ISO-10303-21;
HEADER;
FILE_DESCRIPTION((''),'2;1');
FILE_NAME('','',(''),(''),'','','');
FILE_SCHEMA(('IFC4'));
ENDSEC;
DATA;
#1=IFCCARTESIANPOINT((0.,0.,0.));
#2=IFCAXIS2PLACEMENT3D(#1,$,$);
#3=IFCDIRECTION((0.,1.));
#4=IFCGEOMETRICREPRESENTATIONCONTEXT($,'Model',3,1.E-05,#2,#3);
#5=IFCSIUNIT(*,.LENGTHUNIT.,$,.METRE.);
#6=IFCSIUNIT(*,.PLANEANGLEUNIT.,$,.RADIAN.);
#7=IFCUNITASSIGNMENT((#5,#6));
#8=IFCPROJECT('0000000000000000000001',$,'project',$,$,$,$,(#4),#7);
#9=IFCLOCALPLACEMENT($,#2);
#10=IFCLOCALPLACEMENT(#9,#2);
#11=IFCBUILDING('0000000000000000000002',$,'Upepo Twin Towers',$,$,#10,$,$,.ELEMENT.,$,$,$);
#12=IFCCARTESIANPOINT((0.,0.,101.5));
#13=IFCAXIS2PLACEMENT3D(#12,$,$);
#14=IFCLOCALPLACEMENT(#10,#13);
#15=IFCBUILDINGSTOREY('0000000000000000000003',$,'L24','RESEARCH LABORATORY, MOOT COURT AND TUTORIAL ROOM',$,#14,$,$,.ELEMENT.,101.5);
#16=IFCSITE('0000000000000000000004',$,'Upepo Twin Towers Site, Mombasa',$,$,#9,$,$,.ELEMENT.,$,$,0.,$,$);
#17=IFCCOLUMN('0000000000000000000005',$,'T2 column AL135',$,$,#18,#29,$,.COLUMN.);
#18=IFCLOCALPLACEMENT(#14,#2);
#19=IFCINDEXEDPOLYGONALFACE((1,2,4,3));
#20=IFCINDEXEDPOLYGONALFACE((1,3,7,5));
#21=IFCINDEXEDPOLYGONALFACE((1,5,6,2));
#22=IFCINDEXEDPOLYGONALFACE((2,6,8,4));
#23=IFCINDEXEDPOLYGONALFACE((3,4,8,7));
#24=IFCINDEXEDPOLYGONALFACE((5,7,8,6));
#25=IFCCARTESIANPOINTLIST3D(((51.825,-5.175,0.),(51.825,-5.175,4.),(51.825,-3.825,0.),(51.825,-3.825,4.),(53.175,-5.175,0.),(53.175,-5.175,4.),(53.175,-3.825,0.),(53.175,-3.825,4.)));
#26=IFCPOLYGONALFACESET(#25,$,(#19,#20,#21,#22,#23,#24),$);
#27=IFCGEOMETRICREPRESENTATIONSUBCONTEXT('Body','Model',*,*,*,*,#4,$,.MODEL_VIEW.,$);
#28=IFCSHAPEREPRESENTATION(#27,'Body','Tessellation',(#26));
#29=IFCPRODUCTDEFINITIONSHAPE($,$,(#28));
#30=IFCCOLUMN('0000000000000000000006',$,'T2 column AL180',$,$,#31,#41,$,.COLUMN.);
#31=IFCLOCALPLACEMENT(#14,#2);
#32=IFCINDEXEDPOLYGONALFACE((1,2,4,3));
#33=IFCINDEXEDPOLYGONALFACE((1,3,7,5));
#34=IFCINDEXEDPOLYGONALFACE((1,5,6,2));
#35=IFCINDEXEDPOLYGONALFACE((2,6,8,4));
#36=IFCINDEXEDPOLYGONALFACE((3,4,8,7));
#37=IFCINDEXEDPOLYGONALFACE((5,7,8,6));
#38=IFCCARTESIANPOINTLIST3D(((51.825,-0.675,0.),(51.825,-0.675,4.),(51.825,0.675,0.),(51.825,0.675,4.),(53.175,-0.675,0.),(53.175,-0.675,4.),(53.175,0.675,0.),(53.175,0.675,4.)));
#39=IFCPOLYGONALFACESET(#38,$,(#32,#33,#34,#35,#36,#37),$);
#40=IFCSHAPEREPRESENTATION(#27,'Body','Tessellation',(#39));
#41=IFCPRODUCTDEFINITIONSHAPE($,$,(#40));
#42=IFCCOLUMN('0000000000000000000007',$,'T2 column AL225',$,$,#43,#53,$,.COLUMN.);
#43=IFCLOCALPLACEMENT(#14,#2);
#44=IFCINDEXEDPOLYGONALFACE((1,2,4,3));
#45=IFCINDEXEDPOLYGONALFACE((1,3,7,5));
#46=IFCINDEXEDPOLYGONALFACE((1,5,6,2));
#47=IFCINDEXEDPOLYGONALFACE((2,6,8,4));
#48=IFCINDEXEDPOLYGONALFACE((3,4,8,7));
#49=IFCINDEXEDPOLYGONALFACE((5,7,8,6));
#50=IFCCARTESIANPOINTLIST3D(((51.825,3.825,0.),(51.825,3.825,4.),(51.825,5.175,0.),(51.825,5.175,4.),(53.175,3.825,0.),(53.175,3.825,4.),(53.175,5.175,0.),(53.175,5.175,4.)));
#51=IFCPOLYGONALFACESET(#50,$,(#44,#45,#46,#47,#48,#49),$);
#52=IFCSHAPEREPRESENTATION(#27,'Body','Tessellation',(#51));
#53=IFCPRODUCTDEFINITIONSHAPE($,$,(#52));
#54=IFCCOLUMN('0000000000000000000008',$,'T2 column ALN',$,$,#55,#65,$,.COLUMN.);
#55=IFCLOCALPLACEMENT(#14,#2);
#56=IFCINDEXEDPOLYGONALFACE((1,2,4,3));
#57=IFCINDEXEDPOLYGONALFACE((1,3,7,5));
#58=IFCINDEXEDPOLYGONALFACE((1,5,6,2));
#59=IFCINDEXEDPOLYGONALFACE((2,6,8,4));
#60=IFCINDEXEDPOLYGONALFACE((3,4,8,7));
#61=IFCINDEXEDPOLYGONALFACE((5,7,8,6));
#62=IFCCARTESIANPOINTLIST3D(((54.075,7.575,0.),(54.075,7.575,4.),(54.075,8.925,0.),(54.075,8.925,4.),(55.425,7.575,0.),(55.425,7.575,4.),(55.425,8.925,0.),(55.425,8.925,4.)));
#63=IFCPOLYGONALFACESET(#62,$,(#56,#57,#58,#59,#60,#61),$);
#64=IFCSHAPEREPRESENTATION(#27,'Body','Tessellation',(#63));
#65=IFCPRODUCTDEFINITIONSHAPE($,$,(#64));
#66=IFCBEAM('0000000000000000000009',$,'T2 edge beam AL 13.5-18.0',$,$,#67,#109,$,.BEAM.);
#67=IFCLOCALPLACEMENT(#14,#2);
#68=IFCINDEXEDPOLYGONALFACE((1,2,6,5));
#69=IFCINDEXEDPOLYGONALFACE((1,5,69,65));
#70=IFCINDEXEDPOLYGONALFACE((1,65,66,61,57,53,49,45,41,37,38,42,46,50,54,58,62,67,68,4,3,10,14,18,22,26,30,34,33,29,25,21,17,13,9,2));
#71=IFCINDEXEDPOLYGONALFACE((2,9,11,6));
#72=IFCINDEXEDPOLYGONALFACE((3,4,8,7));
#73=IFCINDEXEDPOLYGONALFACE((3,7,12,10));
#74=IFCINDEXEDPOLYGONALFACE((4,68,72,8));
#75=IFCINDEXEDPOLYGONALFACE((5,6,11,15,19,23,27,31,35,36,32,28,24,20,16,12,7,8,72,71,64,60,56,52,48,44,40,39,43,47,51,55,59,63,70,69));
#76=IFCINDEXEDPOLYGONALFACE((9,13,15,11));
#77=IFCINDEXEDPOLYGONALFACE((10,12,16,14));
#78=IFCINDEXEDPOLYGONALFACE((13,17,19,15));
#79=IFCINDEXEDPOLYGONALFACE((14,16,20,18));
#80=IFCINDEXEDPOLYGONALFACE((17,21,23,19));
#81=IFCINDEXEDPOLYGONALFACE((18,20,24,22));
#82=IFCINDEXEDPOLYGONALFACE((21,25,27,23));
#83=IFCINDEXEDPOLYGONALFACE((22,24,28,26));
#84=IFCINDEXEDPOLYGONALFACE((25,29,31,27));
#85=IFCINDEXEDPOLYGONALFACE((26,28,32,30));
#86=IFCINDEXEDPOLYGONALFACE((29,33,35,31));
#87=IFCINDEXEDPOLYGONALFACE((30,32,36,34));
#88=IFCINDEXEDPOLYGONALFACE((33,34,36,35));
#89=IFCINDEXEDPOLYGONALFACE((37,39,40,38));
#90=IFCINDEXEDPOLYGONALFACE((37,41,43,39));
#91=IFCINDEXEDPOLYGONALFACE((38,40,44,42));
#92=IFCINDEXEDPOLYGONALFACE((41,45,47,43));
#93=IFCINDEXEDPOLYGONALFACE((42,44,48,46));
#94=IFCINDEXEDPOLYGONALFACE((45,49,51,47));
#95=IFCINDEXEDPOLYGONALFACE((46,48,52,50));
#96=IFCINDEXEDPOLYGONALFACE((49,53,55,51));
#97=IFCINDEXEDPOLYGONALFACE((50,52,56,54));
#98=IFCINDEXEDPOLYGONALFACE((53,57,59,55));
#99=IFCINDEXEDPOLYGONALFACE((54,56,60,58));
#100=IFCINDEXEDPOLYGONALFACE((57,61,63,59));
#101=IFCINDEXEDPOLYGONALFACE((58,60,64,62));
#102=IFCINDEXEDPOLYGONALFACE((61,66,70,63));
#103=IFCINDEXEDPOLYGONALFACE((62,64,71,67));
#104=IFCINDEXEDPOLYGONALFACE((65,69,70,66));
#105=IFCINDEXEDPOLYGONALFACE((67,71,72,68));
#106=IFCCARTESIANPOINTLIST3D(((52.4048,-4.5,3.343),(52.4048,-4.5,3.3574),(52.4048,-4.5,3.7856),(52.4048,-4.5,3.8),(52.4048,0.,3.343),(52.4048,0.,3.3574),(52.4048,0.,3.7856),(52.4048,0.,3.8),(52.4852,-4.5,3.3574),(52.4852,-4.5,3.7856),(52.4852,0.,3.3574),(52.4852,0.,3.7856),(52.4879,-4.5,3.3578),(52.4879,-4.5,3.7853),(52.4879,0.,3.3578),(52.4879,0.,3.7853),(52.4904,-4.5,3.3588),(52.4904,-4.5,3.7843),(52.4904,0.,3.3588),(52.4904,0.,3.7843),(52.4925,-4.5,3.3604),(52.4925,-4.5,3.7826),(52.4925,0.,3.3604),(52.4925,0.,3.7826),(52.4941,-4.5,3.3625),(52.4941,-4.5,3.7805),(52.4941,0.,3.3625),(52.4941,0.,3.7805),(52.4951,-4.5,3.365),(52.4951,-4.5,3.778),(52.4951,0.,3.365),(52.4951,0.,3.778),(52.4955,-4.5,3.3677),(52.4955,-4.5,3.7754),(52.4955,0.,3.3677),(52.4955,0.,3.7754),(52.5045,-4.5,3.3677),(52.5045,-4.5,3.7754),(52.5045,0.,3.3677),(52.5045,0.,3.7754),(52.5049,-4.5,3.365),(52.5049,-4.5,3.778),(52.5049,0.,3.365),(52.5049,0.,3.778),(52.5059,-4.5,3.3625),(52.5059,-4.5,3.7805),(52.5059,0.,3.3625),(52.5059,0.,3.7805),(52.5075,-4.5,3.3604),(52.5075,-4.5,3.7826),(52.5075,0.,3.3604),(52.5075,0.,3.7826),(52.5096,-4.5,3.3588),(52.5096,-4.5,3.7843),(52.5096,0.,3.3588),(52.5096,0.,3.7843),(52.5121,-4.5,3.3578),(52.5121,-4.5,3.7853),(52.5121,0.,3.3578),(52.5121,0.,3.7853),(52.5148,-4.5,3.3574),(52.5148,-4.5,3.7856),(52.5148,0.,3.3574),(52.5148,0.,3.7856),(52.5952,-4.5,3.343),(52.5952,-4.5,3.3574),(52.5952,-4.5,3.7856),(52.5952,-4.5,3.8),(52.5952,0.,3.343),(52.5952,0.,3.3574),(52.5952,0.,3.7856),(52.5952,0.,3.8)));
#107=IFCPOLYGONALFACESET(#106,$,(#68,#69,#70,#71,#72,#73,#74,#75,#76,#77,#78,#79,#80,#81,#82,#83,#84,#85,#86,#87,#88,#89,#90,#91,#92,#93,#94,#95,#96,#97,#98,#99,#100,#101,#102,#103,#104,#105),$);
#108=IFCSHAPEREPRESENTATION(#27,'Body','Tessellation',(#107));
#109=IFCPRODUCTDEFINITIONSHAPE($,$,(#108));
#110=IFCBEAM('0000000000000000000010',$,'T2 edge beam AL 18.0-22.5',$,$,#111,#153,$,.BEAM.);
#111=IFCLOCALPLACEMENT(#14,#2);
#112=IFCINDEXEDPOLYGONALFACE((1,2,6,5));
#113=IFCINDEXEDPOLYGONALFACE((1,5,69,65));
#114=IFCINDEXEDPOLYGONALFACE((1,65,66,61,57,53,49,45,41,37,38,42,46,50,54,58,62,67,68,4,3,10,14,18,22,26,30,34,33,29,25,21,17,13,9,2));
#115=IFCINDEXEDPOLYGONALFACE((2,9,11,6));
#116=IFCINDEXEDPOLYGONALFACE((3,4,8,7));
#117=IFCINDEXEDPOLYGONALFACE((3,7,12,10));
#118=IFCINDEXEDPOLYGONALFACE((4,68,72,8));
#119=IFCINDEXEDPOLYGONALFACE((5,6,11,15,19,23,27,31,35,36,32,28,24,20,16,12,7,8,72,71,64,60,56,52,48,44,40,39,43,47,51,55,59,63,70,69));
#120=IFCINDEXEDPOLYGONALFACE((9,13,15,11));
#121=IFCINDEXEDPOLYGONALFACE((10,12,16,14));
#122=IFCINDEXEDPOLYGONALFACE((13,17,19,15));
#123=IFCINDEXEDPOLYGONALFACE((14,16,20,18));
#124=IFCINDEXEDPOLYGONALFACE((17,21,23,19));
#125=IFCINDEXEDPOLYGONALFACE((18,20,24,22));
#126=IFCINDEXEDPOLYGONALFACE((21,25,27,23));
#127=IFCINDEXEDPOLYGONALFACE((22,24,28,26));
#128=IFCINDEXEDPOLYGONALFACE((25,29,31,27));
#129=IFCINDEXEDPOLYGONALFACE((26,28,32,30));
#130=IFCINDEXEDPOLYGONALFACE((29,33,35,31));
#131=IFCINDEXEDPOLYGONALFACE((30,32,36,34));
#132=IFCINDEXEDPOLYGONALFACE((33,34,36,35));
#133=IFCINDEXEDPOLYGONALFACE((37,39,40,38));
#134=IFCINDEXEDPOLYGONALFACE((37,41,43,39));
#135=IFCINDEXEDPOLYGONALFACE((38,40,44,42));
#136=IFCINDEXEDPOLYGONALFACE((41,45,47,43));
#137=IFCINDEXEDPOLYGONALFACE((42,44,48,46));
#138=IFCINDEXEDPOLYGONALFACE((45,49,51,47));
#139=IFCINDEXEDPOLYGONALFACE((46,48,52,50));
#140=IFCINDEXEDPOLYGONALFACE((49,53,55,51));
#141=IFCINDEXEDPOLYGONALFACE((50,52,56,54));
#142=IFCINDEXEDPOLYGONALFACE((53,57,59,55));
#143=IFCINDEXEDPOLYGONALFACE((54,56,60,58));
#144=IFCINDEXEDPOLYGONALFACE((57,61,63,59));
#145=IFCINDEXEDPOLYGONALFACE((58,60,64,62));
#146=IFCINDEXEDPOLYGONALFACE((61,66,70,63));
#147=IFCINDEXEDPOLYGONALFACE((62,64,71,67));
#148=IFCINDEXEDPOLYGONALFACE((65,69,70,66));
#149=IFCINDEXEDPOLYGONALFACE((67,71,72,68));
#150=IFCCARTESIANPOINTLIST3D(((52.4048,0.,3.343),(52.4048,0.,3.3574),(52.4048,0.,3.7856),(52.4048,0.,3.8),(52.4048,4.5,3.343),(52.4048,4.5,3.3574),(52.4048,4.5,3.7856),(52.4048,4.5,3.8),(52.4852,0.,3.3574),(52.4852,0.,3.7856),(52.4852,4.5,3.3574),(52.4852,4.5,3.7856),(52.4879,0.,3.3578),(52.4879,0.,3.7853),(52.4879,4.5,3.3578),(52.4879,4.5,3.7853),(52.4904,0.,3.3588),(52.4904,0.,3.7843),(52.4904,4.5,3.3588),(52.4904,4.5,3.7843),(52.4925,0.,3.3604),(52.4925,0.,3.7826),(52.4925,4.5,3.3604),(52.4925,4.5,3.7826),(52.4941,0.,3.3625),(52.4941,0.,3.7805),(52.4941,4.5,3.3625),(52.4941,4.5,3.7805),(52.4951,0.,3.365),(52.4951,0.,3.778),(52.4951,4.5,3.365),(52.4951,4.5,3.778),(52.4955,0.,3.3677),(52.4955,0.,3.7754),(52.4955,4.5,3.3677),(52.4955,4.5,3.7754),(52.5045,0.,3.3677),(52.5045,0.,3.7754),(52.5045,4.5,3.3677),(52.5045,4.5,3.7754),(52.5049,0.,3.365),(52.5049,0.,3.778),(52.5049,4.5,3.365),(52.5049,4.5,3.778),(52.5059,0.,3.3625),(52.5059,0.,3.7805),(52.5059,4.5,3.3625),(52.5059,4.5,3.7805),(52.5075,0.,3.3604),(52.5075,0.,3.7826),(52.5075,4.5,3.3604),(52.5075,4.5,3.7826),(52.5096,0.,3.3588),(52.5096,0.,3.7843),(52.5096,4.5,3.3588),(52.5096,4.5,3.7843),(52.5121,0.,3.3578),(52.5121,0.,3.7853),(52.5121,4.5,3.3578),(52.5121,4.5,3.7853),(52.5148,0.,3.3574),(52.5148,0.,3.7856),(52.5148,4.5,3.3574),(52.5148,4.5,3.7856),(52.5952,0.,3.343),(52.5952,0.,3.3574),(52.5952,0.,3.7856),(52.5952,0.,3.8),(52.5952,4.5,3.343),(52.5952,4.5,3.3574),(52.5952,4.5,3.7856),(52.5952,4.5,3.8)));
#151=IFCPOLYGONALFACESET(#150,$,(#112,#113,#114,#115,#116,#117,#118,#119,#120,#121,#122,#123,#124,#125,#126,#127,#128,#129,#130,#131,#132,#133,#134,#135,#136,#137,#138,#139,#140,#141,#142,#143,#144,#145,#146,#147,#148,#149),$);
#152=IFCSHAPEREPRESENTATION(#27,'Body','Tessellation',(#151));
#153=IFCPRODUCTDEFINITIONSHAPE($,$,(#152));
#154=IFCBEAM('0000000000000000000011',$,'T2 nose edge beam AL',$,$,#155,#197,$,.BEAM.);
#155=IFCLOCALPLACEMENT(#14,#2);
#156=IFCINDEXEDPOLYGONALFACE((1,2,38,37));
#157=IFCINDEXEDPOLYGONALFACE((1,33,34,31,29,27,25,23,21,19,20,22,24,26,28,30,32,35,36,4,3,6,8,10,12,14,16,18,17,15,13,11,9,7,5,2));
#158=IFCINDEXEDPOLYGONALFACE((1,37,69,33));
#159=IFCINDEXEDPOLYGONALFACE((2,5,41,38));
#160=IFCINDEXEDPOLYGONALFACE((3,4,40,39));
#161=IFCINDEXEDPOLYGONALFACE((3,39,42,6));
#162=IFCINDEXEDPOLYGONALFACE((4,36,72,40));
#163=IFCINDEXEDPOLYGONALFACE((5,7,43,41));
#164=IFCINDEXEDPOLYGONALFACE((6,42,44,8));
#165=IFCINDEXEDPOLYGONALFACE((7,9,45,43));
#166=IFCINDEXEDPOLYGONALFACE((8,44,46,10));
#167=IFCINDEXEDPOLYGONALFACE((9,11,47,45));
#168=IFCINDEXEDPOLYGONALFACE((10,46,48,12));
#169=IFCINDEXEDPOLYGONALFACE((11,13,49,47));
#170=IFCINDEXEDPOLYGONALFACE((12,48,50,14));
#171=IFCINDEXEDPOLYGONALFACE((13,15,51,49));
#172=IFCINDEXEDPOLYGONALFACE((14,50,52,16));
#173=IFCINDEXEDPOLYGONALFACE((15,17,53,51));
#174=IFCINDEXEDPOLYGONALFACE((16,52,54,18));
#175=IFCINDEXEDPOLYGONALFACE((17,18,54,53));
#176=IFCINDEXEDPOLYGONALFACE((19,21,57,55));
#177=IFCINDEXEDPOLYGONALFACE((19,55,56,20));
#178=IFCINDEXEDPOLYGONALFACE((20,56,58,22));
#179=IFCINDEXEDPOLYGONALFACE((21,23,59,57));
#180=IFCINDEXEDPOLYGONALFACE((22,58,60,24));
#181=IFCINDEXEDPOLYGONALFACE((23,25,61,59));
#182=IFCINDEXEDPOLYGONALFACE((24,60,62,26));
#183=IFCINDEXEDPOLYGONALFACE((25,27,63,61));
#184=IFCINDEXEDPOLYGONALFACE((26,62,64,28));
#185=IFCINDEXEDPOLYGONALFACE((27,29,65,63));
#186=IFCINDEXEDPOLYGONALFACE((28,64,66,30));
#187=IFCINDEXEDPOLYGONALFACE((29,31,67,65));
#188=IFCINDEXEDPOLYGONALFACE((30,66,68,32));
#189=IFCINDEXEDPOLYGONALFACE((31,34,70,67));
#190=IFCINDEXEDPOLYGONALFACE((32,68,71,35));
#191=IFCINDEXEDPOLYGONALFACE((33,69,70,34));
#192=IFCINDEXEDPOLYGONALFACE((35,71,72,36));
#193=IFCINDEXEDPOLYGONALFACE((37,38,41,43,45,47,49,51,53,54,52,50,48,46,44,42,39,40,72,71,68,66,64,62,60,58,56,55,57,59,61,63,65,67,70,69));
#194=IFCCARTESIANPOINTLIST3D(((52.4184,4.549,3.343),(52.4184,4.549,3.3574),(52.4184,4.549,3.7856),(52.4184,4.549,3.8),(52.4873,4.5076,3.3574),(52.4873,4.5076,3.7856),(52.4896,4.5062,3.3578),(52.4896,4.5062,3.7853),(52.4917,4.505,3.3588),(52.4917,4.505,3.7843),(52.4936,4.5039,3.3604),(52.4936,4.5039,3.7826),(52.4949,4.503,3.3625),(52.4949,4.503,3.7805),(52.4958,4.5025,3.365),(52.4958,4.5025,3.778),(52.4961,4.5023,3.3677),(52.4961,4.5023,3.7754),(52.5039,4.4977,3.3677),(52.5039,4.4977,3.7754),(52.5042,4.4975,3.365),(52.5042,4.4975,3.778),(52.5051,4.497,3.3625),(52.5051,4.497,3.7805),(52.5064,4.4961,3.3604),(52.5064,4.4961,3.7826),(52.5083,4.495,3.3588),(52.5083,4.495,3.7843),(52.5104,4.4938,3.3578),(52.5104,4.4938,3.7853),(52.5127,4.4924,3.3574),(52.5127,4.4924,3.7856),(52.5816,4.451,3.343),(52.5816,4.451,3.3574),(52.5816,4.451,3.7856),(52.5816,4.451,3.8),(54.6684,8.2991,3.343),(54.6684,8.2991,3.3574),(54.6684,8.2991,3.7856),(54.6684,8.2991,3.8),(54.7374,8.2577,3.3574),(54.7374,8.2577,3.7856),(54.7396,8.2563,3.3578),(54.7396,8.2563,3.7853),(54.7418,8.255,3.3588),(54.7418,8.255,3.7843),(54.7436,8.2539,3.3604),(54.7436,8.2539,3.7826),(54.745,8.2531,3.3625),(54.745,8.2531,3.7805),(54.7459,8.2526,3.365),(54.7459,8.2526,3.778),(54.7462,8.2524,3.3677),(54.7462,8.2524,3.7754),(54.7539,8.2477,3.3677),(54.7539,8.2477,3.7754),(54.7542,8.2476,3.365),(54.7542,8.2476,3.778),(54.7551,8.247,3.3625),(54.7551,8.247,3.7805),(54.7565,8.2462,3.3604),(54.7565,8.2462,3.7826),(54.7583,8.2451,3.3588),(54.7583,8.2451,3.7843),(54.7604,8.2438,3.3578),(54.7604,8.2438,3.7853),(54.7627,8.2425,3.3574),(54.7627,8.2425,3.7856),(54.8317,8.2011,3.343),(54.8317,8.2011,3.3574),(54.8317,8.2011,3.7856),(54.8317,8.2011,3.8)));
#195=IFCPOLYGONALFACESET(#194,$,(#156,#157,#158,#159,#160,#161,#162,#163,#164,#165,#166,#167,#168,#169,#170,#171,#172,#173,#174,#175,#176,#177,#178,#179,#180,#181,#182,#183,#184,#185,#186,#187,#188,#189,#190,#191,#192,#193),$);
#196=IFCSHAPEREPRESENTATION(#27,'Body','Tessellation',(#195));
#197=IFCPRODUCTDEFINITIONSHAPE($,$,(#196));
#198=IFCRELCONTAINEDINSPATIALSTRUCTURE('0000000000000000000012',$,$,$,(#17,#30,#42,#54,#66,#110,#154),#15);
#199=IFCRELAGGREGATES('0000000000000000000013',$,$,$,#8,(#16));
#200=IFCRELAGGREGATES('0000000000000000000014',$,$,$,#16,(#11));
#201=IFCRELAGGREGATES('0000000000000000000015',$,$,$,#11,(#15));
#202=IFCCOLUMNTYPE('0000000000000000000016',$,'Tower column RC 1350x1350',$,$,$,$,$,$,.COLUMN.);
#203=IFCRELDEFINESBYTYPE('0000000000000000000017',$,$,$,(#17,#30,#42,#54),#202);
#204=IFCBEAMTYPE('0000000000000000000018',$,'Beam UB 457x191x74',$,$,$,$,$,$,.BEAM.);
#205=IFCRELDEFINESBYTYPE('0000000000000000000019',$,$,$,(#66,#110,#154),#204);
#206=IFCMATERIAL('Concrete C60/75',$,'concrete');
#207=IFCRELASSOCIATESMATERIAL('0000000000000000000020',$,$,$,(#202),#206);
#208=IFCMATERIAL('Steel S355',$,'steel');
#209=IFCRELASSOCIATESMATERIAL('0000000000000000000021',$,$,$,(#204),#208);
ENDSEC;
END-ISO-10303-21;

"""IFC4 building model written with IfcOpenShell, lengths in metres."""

from ifc_helpers import new_model, si_unit, direction, frame, origin, origin_2d, place, context, subcontext, project, spatial, rectangle, i_section, extrude, material, material_profile, profile_set, type_object, element, save


model = new_model("IFC4")

# Units and contexts
model_context = context("Model", 3, precision=1e-05, world=origin(), true_north=direction((0.0, 1.0)))
body_context = subcontext(model_context, "Body", "Model", "MODEL_VIEW")
ifc_project = project(units=[si_unit("LENGTHUNIT", "METRE"), si_unit("PLANEANGLEUNIT", "RADIAN")], contexts=[model_context])

# Site, building, storey
site_placement = place(None, origin())
site = spatial("IfcSite", under=ifc_project, at=site_placement, Name="Upepo Twin Towers Site, Mombasa", CompositionType="ELEMENT", RefElevation=0.0)
building_placement = place(site_placement, origin())
building = spatial("IfcBuilding", under=site, at=building_placement, Name="Upepo Twin Towers", CompositionType="ELEMENT")
storey_placement = place(building_placement, frame((0.0, 0.0, 101.5)))
storey = spatial("IfcBuildingStorey", under=building, at=storey_placement, Name="L24", Description="RESEARCH LABORATORY, MOOT COURT AND TUTORIAL ROOM", CompositionType="ELEMENT", Elevation=101.5)

# Columns
ifc_material_1 = material(Name="Concrete C60/75", Category="concrete")
ifc_material_profile_1 = material_profile(ifc_material_1, rectangle(XDim=1.3501, YDim=1.3501, at=origin_2d()), Name="RC 1350x1350")
ifc_profile_set_1 = profile_set([ifc_material_profile_1], Name="Concrete C60/75")
column_type = type_object("IfcColumnType", Name="Tower column RC 1350x1350", PredefinedType="COLUMN", material=ifc_profile_set_1)
for number, where, z_axis, x_axis, name in (
    (1, (52.5, -4.5, 0.0), (0.0, 0.0, 1.0), (1.0, 0.0, 0.0), "T2 column AL135"),
    (2, (52.5, 0.0, 0.0), (0.0, 0.0, 1.0), (1.0, 0.0, 0.0), "T2 column AL180"),
    (3, (52.5, 4.5, 0.0), (0.0, 0.0, 1.0), (1.0, 0.0, 0.0), "T2 column AL225"),
    (4, (54.75, 8.25, 0.0), (0.0, 0.0, 1.0), (1.0, 0.0, 0.0), "T2 column ALN"),
):
    element("IfcColumn", number, at=place(storey_placement, frame(where, z_axis=z_axis, x_axis=x_axis)), inside=storey, type_object=column_type, Name=name, PredefinedType="COLUMN", context=body_context, shape_type="SweptSolid", body=[
        extrude(rectangle(XDim=1.3501, YDim=1.3501, at=origin_2d()), origin(), (0.0, 0.0, 1.0), 4.0),
    ])

# Beams
ifc_material_2 = material(Name="Steel S355", Category="steel")
ifc_material_profile_2 = material_profile(ifc_material_2, i_section(OverallWidth=0.1904, OverallDepth=0.457, WebThickness=0.009, FlangeThickness=0.0144, FilletRadius=0.0103, at=origin_2d()), Name="UB 457x191x74")
ifc_profile_set_2 = profile_set([ifc_material_profile_2], Name="Steel S355")
beam_type_1 = type_object("IfcBeamType", Name="Beam UB 457x191x74", PredefinedType="BEAM", material=ifc_profile_set_2)
for number, where, z_axis, x_axis, name in (
    (5, (52.5, -4.5, 3.5715), (0.0, 1.0, 0.0), (-1.0, 0.0, 0.0), "T2 edge beam AL 13.5-18.0"),
    (6, (52.5, 0.0, 3.5715), (0.0, 1.0, 0.0), (-1.0, 0.0, 0.0), "T2 edge beam AL 18.0-22.5"),
):
    element("IfcBeam", number, at=place(storey_placement, frame(where, z_axis=z_axis, x_axis=x_axis)), inside=storey, type_object=beam_type_1, Name=name, PredefinedType="BEAM", context=body_context, shape_type="SweptSolid", body=[
        extrude(i_section(OverallWidth=0.1904, OverallDepth=0.457, WebThickness=0.009, FlangeThickness=0.0144, FilletRadius=0.0103, at=origin_2d()), origin(), (0.0, 0.0, 1.0), 4.5),
    ])
beam_1_placement = place(storey_placement, frame((52.5, 4.5, 3.5715), z_axis=(0.514496, 0.857493, 0.0), x_axis=(-0.857493, 0.514496, 0.0)))
element("IfcBeam", 7, at=beam_1_placement, inside=storey, type_object=beam_type_1, Name="T2 nose edge beam AL", PredefinedType="BEAM", context=body_context, shape_type="SweptSolid", body=[
    extrude(i_section(OverallWidth=0.1904, OverallDepth=0.457, WebThickness=0.009, FlangeThickness=0.0144, FilletRadius=0.0103, at=origin_2d()), origin(), (0.0, 0.0, 1.0), 4.3733),
])

save(model, "model.ifc")
